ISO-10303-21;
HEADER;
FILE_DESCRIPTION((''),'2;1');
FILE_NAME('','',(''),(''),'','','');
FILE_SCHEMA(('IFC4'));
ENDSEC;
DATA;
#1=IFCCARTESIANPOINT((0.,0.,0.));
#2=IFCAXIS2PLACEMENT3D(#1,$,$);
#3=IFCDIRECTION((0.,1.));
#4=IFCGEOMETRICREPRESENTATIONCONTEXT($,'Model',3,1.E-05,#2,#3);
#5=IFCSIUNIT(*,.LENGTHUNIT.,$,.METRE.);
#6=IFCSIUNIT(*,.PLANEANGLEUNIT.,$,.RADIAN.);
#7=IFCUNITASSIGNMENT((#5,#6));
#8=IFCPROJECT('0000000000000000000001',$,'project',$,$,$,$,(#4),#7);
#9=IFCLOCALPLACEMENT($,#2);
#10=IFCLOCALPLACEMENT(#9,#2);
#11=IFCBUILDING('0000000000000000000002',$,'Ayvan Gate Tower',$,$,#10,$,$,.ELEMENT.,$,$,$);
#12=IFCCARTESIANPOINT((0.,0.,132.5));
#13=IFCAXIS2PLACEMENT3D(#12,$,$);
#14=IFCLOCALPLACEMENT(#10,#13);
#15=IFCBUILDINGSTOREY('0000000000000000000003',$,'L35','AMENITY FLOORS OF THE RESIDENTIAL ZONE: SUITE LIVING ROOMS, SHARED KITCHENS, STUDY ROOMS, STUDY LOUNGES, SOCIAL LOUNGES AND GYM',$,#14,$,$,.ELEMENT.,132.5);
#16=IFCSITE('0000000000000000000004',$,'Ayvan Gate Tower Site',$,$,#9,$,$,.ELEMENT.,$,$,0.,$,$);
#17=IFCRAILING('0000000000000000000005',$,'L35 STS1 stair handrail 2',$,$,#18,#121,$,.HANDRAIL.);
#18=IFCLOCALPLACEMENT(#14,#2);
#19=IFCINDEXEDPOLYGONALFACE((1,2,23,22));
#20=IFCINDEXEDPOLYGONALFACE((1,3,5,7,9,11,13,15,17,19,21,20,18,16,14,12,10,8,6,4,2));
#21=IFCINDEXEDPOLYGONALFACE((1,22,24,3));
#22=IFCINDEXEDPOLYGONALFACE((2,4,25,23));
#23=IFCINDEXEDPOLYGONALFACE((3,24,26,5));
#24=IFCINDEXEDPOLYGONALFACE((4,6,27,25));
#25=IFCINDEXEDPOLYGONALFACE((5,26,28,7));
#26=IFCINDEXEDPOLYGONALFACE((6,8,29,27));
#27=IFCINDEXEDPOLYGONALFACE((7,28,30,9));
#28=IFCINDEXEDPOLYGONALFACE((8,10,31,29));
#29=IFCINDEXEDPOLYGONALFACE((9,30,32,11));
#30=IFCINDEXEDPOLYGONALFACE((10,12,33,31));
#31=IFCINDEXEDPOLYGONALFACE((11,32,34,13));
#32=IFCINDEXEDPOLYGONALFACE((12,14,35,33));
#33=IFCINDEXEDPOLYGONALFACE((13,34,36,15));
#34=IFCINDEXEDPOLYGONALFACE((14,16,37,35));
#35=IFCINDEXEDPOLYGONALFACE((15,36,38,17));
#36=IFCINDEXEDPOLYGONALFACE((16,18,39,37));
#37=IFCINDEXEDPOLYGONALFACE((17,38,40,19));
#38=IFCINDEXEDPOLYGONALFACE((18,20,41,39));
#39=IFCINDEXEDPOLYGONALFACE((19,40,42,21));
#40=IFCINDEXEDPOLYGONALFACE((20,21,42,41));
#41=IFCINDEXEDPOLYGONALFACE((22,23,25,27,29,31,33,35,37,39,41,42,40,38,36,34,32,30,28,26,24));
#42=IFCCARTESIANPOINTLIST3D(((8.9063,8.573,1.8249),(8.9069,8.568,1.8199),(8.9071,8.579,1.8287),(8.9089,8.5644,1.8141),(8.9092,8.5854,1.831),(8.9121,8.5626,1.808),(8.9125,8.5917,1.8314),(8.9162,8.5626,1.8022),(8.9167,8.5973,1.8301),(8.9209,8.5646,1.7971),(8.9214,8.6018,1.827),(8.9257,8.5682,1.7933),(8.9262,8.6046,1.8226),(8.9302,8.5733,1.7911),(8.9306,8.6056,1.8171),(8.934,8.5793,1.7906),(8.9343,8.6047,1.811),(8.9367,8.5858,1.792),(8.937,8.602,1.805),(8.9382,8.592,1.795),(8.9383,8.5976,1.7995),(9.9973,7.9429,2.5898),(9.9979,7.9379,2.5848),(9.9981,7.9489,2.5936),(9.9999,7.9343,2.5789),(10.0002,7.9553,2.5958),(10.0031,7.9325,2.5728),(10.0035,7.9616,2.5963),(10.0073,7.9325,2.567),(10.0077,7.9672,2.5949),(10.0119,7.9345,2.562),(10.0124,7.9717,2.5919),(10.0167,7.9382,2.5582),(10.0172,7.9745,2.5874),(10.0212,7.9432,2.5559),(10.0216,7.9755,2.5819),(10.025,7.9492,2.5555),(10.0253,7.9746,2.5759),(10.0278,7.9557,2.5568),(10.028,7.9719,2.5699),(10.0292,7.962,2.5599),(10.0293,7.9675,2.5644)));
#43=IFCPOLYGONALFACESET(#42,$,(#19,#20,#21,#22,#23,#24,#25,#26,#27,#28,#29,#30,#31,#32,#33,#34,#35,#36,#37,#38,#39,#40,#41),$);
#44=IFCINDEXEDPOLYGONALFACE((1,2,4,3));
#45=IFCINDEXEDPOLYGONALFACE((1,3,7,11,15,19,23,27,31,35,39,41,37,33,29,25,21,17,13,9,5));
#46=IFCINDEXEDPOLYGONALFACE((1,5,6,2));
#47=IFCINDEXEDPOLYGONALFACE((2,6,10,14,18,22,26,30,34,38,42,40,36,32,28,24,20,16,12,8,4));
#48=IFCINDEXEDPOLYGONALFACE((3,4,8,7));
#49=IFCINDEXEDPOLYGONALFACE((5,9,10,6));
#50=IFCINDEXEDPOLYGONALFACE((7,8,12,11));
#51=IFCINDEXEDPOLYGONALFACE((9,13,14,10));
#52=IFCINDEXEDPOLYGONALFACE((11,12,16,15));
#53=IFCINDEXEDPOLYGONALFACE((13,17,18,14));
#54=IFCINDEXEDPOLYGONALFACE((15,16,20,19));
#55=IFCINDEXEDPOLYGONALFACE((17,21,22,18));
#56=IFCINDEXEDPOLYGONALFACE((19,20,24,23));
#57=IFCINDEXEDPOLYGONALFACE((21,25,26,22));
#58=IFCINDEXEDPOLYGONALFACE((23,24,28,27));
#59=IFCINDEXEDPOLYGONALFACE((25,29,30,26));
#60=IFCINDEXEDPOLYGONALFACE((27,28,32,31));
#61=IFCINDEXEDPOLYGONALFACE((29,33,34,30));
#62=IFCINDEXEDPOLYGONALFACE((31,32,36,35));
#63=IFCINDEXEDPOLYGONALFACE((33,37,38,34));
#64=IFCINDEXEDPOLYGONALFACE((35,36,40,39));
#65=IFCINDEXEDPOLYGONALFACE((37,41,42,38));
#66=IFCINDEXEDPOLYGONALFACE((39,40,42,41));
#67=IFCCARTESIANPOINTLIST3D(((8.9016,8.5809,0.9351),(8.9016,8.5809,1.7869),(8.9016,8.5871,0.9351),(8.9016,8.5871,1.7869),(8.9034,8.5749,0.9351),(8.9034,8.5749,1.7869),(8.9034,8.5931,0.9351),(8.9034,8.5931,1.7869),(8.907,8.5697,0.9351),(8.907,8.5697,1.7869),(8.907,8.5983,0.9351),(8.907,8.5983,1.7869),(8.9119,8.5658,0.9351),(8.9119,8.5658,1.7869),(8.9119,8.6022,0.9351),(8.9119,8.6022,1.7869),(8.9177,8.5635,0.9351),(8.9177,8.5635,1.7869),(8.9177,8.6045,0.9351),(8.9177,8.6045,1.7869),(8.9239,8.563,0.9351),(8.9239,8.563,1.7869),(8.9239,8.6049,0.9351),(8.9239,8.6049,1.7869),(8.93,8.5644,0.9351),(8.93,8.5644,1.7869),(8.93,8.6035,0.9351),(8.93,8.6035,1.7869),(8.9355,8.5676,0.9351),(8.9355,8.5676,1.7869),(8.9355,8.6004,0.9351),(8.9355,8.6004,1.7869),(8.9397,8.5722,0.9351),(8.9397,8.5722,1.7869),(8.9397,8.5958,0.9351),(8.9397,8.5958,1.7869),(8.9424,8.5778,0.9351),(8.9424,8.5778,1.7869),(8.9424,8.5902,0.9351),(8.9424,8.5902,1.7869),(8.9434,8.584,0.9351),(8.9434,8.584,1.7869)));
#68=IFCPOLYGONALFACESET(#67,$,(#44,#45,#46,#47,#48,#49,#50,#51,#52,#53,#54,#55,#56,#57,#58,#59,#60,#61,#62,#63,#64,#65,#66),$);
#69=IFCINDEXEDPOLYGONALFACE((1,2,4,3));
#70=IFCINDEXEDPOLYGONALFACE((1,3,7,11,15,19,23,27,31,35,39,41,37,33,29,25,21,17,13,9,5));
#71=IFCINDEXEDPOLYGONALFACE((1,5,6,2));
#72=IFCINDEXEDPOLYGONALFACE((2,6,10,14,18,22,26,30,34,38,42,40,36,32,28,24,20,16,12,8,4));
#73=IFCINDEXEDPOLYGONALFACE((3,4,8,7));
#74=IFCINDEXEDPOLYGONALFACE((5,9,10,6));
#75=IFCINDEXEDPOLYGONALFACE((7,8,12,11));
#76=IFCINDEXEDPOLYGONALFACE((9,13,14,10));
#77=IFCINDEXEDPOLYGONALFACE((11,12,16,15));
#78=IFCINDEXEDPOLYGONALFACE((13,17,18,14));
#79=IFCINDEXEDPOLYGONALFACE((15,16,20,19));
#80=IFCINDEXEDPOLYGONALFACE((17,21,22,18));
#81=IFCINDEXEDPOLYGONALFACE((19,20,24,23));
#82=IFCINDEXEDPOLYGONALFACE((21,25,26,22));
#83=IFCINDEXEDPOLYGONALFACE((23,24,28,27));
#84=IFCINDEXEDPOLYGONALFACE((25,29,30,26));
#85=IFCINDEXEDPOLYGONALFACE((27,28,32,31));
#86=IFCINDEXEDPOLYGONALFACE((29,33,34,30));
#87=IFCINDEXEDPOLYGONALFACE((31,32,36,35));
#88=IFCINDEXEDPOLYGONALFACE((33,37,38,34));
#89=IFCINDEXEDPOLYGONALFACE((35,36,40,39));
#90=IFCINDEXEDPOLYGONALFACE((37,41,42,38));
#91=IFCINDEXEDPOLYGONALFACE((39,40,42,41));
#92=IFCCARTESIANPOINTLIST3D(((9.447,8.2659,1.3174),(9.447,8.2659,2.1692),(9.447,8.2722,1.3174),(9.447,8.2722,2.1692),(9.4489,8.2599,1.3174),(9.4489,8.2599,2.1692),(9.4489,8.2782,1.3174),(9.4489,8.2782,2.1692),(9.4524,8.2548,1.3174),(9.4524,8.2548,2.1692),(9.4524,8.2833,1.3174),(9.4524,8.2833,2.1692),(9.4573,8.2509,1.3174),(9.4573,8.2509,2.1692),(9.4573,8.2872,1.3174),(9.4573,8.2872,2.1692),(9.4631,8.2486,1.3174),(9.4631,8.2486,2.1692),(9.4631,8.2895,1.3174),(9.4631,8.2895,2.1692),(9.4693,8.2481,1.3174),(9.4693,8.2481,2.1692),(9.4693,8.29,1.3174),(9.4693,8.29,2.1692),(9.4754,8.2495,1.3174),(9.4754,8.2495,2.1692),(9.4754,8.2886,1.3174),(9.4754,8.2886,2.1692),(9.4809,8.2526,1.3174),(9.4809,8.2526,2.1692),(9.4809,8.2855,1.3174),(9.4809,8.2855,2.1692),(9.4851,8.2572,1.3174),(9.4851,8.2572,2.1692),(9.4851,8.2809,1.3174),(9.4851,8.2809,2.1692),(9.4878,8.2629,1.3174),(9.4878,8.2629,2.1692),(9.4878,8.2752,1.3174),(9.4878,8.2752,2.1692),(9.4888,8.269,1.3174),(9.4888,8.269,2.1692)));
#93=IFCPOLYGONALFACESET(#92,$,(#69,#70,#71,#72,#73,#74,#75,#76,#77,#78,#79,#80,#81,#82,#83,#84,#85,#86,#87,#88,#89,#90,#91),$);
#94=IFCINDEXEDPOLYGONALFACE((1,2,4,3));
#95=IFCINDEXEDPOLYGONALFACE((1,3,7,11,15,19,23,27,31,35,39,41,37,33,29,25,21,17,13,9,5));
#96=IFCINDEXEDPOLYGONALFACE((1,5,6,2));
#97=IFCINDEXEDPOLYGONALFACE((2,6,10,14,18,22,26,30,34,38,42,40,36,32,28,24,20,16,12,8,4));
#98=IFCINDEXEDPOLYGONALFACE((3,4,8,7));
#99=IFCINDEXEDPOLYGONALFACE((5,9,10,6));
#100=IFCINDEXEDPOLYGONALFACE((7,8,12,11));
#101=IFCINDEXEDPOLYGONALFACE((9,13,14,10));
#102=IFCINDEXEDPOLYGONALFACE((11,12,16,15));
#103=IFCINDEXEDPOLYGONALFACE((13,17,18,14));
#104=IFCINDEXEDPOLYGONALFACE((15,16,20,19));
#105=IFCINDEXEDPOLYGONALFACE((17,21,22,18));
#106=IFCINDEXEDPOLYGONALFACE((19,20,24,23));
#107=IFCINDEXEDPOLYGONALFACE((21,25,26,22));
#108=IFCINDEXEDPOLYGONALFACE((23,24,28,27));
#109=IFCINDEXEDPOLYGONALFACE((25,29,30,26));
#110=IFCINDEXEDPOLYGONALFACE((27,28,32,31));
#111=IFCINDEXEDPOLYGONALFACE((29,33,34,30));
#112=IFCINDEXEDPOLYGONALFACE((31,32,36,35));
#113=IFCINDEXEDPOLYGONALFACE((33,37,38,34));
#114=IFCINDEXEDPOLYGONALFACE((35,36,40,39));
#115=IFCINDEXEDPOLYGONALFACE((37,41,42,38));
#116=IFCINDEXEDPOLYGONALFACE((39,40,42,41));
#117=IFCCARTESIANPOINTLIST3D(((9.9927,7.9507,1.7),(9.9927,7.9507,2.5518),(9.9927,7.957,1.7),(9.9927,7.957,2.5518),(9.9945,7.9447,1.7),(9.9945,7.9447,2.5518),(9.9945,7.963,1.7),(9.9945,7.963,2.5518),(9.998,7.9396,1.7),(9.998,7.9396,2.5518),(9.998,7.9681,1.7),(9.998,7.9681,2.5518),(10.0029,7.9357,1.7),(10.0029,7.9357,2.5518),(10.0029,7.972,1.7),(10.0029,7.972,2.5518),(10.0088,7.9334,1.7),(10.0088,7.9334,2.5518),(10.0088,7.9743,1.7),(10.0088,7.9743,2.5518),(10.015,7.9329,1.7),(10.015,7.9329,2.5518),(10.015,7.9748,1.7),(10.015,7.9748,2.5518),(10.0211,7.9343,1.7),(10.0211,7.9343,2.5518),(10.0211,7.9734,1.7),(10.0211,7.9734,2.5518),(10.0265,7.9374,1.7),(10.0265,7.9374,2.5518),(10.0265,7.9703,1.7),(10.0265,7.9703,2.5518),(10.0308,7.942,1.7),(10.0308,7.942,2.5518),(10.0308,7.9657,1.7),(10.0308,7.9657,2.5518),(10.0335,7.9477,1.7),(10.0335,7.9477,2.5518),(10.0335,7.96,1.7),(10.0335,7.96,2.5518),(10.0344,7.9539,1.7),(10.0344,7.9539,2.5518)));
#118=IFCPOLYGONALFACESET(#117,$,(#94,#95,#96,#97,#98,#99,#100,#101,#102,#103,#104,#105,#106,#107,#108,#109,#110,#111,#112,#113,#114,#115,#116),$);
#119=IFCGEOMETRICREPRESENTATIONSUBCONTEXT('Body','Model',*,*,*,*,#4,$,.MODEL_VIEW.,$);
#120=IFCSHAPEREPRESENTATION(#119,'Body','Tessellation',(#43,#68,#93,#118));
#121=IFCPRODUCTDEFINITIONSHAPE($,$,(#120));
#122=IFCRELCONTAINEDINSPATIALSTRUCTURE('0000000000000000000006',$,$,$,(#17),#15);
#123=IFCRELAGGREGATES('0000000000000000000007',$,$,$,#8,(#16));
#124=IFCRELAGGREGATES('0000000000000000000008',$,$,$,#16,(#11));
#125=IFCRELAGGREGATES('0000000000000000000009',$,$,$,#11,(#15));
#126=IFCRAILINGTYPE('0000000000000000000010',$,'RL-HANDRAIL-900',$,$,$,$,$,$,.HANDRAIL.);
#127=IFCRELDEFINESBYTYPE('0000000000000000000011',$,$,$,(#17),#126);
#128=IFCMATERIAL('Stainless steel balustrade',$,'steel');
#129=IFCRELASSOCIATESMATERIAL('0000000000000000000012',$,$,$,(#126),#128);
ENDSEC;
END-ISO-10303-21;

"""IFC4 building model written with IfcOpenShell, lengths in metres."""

from ifc_helpers import new_model, si_unit, direction, frame, origin, origin_2d, place, context, subcontext, project, spatial, circle, extrude, material, type_object, element, save


model = new_model("IFC4")

# Units and contexts
model_context = context("Model", 3, precision=1e-05, world=origin(), true_north=direction((0.0, 1.0)))
body_context = subcontext(model_context, "Body", "Model", "MODEL_VIEW")
ifc_project = project(units=[si_unit("LENGTHUNIT", "METRE"), si_unit("PLANEANGLEUNIT", "RADIAN")], contexts=[model_context])

# Site, building, storey
site_placement = place(None, origin())
site = spatial("IfcSite", under=ifc_project, at=site_placement, Name="Ayvan Gate Tower Site", CompositionType="ELEMENT", RefElevation=0.0)
building_placement = place(site_placement, origin())
building = spatial("IfcBuilding", under=site, at=building_placement, Name="Ayvan Gate Tower", CompositionType="ELEMENT")
storey_placement = place(building_placement, frame((0.0, 0.0, 132.5)))
storey = spatial("IfcBuildingStorey", under=building, at=storey_placement, Name="L35", Description="AMENITY FLOORS OF THE RESIDENTIAL ZONE: SUITE LIVING ROOMS, SHARED KITCHENS, STUDY ROOMS, STUDY LOUNGES, SOCIAL LOUNGES AND GYM", CompositionType="ELEMENT", Elevation=132.5)

# Railing
ifc_material_1 = material(Name="Stainless steel balustrade", Category="steel")
railing_type_1 = type_object("IfcRailingType", Name="RL-HANDRAIL-900", PredefinedType="HANDRAIL", material=ifc_material_1)
railing_1_placement = place(storey_placement, frame((8.9224, 8.584, 0.9351)))
element("IfcRailing", 1, at=railing_1_placement, inside=storey, type_object=railing_type_1, Name="L35 STS1 stair handrail 2", PredefinedType="HANDRAIL", context=body_context, shape_type="SweptSolid", body=[
    extrude(circle(Radius=0.0239, at=origin_2d()), frame((0.0, 0.0, 0.876), z_axis=(0.740229, -0.427508, 0.518939), x_axis=(0.500119, 0.865956, 0.0)), (0.0, 0.0, 1.0), 1.4739),
    extrude(circle(Radius=0.021, at=origin_2d()), origin(), (0.0, 0.0, 1.0), 0.8518),
    extrude(circle(Radius=0.021, at=origin_2d()), frame((0.5454, -0.3149, 0.3823)), (0.0, 0.0, 1.0), 0.8518),
    extrude(circle(Radius=0.021, at=origin_2d()), frame((1.0911, -0.6301, 0.7649)), (0.0, 0.0, 1.0), 0.8518),
])

save(model, "model.ifc")
